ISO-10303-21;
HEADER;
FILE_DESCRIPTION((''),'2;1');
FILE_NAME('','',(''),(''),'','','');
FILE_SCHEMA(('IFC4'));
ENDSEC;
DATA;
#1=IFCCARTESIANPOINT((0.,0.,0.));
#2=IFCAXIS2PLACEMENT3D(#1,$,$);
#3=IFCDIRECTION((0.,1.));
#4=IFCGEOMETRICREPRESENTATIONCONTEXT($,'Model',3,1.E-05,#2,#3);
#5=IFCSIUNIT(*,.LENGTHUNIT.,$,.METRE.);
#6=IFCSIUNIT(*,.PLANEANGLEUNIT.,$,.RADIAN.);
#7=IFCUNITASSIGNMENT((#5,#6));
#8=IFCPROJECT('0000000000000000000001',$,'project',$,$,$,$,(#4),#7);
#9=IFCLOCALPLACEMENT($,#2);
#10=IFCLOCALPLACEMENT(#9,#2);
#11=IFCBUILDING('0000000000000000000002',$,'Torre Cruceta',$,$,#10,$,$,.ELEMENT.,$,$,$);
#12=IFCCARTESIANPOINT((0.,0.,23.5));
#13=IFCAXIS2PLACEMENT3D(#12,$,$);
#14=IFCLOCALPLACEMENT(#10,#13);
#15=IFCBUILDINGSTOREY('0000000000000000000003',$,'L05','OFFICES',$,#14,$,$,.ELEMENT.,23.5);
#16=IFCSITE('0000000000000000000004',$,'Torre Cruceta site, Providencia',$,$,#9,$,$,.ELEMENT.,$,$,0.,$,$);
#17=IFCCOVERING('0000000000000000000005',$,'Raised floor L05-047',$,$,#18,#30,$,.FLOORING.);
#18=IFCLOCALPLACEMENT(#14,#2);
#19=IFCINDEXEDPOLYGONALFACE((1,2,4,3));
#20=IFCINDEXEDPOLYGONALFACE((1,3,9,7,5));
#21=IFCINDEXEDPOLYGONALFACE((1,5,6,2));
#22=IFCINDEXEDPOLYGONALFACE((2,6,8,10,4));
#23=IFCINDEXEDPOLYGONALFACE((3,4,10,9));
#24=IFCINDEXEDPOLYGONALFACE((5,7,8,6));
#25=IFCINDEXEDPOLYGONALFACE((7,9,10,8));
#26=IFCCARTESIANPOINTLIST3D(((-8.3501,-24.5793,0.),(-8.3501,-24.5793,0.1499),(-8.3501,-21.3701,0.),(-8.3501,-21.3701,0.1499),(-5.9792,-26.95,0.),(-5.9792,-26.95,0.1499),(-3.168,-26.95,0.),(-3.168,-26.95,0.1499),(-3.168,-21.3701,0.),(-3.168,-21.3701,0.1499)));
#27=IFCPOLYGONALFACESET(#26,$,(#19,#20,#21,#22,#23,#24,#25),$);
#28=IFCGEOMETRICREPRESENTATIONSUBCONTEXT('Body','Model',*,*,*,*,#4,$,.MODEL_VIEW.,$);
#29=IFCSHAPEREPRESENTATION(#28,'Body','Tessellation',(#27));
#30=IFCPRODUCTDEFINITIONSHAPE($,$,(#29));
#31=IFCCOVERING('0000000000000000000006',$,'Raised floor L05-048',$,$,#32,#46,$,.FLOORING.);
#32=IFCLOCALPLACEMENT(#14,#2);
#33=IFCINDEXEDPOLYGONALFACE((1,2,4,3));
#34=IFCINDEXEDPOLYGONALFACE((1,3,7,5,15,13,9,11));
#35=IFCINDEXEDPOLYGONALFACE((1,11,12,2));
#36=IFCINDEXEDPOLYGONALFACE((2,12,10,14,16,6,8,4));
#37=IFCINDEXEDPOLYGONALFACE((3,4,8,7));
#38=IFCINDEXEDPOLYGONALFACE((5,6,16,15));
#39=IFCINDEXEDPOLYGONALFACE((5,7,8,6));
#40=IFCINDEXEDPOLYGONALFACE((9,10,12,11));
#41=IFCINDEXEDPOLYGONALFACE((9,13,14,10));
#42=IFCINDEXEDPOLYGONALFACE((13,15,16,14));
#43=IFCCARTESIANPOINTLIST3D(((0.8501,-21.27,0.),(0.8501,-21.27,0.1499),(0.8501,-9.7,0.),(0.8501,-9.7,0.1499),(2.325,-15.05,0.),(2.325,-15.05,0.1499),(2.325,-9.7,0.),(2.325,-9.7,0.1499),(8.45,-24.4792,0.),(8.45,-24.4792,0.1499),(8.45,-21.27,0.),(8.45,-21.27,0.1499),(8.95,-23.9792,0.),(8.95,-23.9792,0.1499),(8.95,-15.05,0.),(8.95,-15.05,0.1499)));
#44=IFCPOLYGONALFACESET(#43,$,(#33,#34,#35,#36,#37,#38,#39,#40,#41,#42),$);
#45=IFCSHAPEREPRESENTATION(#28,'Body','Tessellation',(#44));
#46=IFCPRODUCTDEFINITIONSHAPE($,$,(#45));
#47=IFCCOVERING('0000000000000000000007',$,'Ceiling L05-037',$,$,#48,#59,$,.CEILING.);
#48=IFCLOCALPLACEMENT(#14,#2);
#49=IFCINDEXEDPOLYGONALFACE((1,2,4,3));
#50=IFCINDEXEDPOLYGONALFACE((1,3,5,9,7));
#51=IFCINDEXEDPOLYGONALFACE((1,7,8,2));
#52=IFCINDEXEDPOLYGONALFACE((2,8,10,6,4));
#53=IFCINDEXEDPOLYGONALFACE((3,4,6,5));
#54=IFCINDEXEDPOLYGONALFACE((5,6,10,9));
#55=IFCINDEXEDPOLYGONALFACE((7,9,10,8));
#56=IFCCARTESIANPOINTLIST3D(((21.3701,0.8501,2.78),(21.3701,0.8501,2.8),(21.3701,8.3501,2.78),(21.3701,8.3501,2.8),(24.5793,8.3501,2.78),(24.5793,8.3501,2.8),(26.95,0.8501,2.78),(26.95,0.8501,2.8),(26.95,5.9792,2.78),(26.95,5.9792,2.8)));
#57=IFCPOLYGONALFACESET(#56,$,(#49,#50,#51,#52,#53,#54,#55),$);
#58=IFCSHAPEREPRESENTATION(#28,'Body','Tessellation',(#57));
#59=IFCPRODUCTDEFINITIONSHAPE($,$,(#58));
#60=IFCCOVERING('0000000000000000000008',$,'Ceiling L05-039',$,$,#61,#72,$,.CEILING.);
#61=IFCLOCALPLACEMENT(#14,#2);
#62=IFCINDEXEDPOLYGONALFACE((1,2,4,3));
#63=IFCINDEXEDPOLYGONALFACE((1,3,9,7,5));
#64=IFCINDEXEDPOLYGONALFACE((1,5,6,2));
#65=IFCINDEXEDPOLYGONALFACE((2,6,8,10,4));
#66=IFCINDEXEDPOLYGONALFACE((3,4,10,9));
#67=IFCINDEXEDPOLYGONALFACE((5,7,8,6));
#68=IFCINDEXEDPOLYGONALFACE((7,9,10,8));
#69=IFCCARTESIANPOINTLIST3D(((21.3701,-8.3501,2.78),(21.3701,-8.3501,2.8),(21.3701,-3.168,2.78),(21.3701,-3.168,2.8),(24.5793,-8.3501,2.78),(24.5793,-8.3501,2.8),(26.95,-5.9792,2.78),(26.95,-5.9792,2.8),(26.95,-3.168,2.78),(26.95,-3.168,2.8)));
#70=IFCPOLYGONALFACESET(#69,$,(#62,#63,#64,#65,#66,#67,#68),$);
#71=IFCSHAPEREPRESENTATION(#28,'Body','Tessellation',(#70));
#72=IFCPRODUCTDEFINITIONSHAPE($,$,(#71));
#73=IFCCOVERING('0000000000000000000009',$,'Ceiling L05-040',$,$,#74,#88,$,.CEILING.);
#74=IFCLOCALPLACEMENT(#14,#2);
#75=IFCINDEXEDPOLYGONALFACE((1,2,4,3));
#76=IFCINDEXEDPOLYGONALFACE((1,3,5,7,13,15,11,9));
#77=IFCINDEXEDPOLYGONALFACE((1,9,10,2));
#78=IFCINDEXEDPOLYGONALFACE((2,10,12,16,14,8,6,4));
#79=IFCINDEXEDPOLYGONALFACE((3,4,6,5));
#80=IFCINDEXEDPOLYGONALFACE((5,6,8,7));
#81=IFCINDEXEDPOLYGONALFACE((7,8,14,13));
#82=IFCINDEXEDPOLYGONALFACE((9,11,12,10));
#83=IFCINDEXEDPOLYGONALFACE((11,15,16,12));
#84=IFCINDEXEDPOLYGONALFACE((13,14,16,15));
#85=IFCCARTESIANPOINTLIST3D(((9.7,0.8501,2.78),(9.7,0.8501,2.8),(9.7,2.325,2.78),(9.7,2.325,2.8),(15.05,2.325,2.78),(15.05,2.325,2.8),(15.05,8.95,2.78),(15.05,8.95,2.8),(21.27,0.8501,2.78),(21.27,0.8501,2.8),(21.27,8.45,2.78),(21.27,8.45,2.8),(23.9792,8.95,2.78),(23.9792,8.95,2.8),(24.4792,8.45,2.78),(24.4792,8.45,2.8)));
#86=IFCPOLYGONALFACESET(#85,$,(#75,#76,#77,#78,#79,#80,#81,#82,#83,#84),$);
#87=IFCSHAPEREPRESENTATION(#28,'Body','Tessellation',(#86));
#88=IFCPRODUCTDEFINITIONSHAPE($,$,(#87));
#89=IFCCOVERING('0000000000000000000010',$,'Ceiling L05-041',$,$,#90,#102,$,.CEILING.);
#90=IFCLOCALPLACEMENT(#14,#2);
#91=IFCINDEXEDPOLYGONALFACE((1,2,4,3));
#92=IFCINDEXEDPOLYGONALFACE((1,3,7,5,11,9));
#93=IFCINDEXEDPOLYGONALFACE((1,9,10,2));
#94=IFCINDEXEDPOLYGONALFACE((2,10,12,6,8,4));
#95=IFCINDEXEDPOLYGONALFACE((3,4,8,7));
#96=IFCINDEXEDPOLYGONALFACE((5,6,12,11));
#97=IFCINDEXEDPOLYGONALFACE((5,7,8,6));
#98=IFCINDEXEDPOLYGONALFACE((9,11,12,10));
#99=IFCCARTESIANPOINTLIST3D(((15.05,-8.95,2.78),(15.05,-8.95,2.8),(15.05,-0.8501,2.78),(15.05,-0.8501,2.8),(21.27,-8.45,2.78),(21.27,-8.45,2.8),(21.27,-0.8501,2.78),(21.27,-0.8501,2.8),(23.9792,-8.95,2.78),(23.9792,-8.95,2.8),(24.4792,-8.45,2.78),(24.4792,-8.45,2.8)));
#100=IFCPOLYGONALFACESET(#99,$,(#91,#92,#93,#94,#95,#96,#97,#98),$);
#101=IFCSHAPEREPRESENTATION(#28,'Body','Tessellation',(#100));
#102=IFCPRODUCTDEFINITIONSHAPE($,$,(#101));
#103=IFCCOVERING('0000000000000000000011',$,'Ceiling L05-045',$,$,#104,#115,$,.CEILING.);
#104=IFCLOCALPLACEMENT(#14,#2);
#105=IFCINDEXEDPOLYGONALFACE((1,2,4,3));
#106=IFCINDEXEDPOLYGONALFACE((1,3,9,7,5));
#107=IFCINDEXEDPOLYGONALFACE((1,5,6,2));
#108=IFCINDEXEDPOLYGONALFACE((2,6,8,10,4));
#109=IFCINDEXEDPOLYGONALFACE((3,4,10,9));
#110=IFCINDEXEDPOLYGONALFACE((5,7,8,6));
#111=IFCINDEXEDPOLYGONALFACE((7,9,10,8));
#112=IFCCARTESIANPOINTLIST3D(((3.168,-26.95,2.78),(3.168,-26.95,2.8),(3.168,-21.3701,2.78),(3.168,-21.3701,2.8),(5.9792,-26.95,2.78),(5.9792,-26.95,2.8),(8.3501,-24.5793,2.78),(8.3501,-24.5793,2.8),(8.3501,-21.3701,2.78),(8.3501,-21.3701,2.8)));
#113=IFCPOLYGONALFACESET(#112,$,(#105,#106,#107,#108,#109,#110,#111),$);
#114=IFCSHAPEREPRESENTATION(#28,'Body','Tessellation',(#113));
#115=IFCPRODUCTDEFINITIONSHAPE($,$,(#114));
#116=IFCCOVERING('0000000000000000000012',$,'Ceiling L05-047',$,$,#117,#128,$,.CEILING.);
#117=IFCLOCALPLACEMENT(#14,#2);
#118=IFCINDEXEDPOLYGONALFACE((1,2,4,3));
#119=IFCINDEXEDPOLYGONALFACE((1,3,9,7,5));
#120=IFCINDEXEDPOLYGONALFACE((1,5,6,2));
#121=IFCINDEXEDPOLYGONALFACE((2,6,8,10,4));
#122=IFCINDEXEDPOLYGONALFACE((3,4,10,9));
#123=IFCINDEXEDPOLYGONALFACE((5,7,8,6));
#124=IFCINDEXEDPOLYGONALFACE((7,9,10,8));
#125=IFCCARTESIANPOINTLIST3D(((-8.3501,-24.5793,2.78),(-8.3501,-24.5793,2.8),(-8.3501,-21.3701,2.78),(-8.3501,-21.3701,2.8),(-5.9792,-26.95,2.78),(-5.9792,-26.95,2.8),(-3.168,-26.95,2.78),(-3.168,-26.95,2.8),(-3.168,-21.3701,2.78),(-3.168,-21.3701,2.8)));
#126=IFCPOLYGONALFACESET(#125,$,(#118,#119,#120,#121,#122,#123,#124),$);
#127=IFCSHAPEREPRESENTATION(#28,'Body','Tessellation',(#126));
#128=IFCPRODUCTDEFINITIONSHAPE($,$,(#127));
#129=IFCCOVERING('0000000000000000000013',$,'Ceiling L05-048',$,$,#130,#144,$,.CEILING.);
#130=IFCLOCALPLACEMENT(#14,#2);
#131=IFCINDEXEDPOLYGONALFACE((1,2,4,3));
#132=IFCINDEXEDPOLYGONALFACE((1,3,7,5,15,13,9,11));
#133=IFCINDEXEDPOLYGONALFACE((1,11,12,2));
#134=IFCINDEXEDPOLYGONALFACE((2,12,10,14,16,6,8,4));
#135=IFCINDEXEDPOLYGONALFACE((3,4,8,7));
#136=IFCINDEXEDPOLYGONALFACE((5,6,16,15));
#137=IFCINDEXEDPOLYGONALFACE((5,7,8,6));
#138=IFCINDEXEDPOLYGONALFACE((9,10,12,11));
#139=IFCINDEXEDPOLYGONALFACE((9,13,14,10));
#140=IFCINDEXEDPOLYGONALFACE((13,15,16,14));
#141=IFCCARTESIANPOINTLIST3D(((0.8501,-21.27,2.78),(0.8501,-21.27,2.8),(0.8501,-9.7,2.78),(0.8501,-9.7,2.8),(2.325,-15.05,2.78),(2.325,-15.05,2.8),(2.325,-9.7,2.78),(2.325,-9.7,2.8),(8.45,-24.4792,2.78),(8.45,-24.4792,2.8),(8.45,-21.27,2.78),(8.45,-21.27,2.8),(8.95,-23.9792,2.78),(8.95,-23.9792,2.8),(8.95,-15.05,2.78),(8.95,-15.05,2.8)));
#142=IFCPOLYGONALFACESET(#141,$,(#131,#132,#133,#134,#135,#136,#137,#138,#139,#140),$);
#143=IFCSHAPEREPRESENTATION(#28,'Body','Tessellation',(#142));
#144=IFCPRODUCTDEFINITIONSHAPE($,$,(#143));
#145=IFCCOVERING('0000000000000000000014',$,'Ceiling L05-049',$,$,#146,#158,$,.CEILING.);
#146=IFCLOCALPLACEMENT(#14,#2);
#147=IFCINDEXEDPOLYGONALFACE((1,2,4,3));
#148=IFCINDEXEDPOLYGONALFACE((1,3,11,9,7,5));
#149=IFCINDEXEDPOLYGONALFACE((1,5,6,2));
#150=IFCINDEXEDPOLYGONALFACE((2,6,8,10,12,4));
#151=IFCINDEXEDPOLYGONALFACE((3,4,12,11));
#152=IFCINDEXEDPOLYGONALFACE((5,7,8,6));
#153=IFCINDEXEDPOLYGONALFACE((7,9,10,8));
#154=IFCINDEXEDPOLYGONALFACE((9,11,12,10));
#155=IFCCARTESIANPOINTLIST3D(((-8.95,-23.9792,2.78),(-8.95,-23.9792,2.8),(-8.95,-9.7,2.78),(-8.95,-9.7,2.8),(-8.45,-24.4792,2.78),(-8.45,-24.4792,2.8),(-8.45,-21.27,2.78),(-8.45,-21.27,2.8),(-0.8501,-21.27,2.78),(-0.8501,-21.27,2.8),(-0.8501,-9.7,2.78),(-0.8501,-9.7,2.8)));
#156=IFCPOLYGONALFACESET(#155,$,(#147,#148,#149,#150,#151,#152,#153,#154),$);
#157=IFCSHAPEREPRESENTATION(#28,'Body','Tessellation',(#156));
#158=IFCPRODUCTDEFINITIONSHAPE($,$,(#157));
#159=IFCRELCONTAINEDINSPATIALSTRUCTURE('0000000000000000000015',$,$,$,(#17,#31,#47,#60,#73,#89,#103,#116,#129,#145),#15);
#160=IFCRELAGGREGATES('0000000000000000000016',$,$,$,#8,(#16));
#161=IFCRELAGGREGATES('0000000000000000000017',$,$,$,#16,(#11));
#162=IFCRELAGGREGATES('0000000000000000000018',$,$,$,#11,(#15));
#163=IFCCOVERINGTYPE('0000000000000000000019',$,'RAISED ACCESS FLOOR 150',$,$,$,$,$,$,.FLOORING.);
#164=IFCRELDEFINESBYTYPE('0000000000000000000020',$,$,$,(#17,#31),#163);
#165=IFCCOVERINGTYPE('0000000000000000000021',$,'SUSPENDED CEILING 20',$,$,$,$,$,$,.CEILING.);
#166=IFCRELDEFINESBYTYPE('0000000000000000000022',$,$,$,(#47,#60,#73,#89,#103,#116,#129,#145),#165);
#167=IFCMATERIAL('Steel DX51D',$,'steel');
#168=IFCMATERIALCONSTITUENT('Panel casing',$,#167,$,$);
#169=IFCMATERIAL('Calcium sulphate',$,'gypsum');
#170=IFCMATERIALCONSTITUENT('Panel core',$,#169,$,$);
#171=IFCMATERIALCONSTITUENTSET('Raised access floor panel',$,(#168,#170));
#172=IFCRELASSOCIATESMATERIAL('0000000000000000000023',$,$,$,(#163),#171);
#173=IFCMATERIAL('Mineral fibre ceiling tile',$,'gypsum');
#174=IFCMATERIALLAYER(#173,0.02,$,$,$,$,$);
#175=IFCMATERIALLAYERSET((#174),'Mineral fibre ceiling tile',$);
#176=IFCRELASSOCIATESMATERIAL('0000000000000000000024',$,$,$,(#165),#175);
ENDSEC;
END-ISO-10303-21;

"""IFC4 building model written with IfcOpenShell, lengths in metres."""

from ifc_helpers import new_model, si_unit, direction, frame, origin, place, context, subcontext, project, spatial, polyline, outline, extrude, material, layer, layer_set, constituent, constituent_set, type_object, element, save


model = new_model("IFC4")

# Units and contexts
model_context = context("Model", 3, precision=1e-05, world=origin(), true_north=direction((0.0, 1.0)))
body_context = subcontext(model_context, "Body", "Model", "MODEL_VIEW")
ifc_project = project(units=[si_unit("LENGTHUNIT", "METRE"), si_unit("PLANEANGLEUNIT", "RADIAN")], contexts=[model_context])

# Site, building, storey
site_placement = place(None, origin())
site = spatial("IfcSite", under=ifc_project, at=site_placement, Name="Torre Cruceta site, Providencia", CompositionType="ELEMENT", RefElevation=0.0)
building_placement = place(site_placement, origin())
building = spatial("IfcBuilding", under=site, at=building_placement, Name="Torre Cruceta", CompositionType="ELEMENT")
storey_placement = place(building_placement, frame((0.0, 0.0, 23.5)))
storey = spatial("IfcBuildingStorey", under=building, at=storey_placement, Name="L05", Description="OFFICES", CompositionType="ELEMENT", Elevation=23.5)

# Coverings
ifc_material_1 = material(Name="Steel DX51D", Category="steel")
ifc_constituent_1 = constituent(ifc_material_1, Name="Panel casing")
ifc_material_2 = material(Name="Calcium sulphate", Category="gypsum")
ifc_constituent_2 = constituent(ifc_material_2, Name="Panel core")
ifc_constituent_set_1 = constituent_set(constituents=[ifc_constituent_1, ifc_constituent_2], Name="Raised access floor panel")
covering_type_1 = type_object("IfcCoveringType", Name="RAISED ACCESS FLOOR 150", PredefinedType="FLOORING", material=ifc_constituent_set_1)
covering_1_placement = place(storey_placement, origin())
element("IfcCovering", 1, at=covering_1_placement, inside=storey, type_object=covering_type_1, Name="Raised floor L05-047", PredefinedType="FLOORING", context=body_context, shape_type="SweptSolid", body=[
    extrude(outline(polyline([(-8.3501, -24.5793), (-8.3501, -21.3701), (-3.168, -21.3701), (-3.168, -26.95), (-5.9792, -26.95), (-8.3501, -24.5793)])), origin(), (0.0, 0.0, 1.0), 0.1499),
])
covering_2_placement = place(storey_placement, origin())
element("IfcCovering", 2, at=covering_2_placement, inside=storey, type_object=covering_type_1, Name="Raised floor L05-048", PredefinedType="FLOORING", context=body_context, shape_type="SweptSolid", body=[
    extrude(outline(polyline([(0.8501, -21.27), (0.8501, -9.7), (2.325, -9.7), (2.325, -15.05), (8.95, -15.05), (8.95, -23.9792), (8.45, -24.4792), (8.45, -21.27), (0.8501, -21.27)])), origin(), (0.0, 0.0, 1.0), 0.1499),
])
ifc_material_3 = material(Name="Mineral fibre ceiling tile", Category="gypsum")
ifc_layer_1 = layer(ifc_material_3, 0.02)
ifc_layer_set_1 = layer_set([ifc_layer_1], Name="Mineral fibre ceiling tile")
covering_type_2 = type_object("IfcCoveringType", Name="SUSPENDED CEILING 20", PredefinedType="CEILING", material=ifc_layer_set_1)
covering_3_placement = place(storey_placement, frame((0.0, 0.0, 2.78)))
element("IfcCovering", 3, at=covering_3_placement, inside=storey, type_object=covering_type_2, Name="Ceiling L05-037", PredefinedType="CEILING", context=body_context, shape_type="SweptSolid", body=[
    extrude(outline(polyline([(26.95, 0.8501), (21.3701, 0.8501), (21.3701, 8.3501), (24.5793, 8.3501), (26.95, 5.9792), (26.95, 0.8501)])), origin(), (0.0, 0.0, 1.0), 0.02),
])
covering_4_placement = place(storey_placement, frame((0.0, 0.0, 2.78)))
element("IfcCovering", 4, at=covering_4_placement, inside=storey, type_object=covering_type_2, Name="Ceiling L05-039", PredefinedType="CEILING", context=body_context, shape_type="SweptSolid", body=[
    extrude(outline(polyline([(24.5793, -8.3501), (21.3701, -8.3501), (21.3701, -3.168), (26.95, -3.168), (26.95, -5.9792), (24.5793, -8.3501)])), origin(), (0.0, 0.0, 1.0), 0.02),
])
covering_5_placement = place(storey_placement, frame((0.0, 0.0, 2.78)))
element("IfcCovering", 5, at=covering_5_placement, inside=storey, type_object=covering_type_2, Name="Ceiling L05-040", PredefinedType="CEILING", context=body_context, shape_type="SweptSolid", body=[
    extrude(outline(polyline([(9.7, 2.325), (15.05, 2.325), (15.05, 8.95), (23.9792, 8.95), (24.4792, 8.45), (21.27, 8.45), (21.27, 0.8501), (9.7, 0.8501), (9.7, 2.325)])), origin(), (0.0, 0.0, 1.0), 0.02),
])
covering_6_placement = place(storey_placement, frame((0.0, 0.0, 2.78)))
element("IfcCovering", 6, at=covering_6_placement, inside=storey, type_object=covering_type_2, Name="Ceiling L05-041", PredefinedType="CEILING", context=body_context, shape_type="SweptSolid", body=[
    extrude(outline(polyline([(15.05, -8.95), (15.05, -0.8501), (21.27, -0.8501), (21.27, -8.45), (24.4792, -8.45), (23.9792, -8.95), (15.05, -8.95)])), origin(), (0.0, 0.0, 1.0), 0.02),
])
covering_7_placement = place(storey_placement, frame((0.0, 0.0, 2.78)))
element("IfcCovering", 7, at=covering_7_placement, inside=storey, type_object=covering_type_2, Name="Ceiling L05-045", PredefinedType="CEILING", context=body_context, shape_type="SweptSolid", body=[
    extrude(outline(polyline([(3.168, -26.95), (3.168, -21.3701), (8.3501, -21.3701), (8.3501, -24.5793), (5.9792, -26.95), (3.168, -26.95)])), origin(), (0.0, 0.0, 1.0), 0.02),
])
covering_8_placement = place(storey_placement, frame((0.0, 0.0, 2.78)))
element("IfcCovering", 8, at=covering_8_placement, inside=storey, type_object=covering_type_2, Name="Ceiling L05-047", PredefinedType="CEILING", context=body_context, shape_type="SweptSolid", body=[
    extrude(outline(polyline([(-8.3501, -24.5793), (-8.3501, -21.3701), (-3.168, -21.3701), (-3.168, -26.95), (-5.9792, -26.95), (-8.3501, -24.5793)])), origin(), (0.0, 0.0, 1.0), 0.02),
])
covering_9_placement = place(storey_placement, frame((0.0, 0.0, 2.78)))
element("IfcCovering", 9, at=covering_9_placement, inside=storey, type_object=covering_type_2, Name="Ceiling L05-048", PredefinedType="CEILING", context=body_context, shape_type="SweptSolid", body=[
    extrude(outline(polyline([(0.8501, -21.27), (0.8501, -9.7), (2.325, -9.7), (2.325, -15.05), (8.95, -15.05), (8.95, -23.9792), (8.45, -24.4792), (8.45, -21.27), (0.8501, -21.27)])), origin(), (0.0, 0.0, 1.0), 0.02),
])
covering_10_placement = place(storey_placement, frame((0.0, 0.0, 2.78)))
element("IfcCovering", 10, at=covering_10_placement, inside=storey, type_object=covering_type_2, Name="Ceiling L05-049", PredefinedType="CEILING", context=body_context, shape_type="SweptSolid", body=[
    extrude(outline(polyline([(-8.45, -21.27), (-8.45, -24.4792), (-8.95, -23.9792), (-8.95, -9.7), (-0.8501, -9.7), (-0.8501, -21.27), (-8.45, -21.27)])), origin(), (0.0, 0.0, 1.0), 0.02),
])

save(model, "model.ifc")
